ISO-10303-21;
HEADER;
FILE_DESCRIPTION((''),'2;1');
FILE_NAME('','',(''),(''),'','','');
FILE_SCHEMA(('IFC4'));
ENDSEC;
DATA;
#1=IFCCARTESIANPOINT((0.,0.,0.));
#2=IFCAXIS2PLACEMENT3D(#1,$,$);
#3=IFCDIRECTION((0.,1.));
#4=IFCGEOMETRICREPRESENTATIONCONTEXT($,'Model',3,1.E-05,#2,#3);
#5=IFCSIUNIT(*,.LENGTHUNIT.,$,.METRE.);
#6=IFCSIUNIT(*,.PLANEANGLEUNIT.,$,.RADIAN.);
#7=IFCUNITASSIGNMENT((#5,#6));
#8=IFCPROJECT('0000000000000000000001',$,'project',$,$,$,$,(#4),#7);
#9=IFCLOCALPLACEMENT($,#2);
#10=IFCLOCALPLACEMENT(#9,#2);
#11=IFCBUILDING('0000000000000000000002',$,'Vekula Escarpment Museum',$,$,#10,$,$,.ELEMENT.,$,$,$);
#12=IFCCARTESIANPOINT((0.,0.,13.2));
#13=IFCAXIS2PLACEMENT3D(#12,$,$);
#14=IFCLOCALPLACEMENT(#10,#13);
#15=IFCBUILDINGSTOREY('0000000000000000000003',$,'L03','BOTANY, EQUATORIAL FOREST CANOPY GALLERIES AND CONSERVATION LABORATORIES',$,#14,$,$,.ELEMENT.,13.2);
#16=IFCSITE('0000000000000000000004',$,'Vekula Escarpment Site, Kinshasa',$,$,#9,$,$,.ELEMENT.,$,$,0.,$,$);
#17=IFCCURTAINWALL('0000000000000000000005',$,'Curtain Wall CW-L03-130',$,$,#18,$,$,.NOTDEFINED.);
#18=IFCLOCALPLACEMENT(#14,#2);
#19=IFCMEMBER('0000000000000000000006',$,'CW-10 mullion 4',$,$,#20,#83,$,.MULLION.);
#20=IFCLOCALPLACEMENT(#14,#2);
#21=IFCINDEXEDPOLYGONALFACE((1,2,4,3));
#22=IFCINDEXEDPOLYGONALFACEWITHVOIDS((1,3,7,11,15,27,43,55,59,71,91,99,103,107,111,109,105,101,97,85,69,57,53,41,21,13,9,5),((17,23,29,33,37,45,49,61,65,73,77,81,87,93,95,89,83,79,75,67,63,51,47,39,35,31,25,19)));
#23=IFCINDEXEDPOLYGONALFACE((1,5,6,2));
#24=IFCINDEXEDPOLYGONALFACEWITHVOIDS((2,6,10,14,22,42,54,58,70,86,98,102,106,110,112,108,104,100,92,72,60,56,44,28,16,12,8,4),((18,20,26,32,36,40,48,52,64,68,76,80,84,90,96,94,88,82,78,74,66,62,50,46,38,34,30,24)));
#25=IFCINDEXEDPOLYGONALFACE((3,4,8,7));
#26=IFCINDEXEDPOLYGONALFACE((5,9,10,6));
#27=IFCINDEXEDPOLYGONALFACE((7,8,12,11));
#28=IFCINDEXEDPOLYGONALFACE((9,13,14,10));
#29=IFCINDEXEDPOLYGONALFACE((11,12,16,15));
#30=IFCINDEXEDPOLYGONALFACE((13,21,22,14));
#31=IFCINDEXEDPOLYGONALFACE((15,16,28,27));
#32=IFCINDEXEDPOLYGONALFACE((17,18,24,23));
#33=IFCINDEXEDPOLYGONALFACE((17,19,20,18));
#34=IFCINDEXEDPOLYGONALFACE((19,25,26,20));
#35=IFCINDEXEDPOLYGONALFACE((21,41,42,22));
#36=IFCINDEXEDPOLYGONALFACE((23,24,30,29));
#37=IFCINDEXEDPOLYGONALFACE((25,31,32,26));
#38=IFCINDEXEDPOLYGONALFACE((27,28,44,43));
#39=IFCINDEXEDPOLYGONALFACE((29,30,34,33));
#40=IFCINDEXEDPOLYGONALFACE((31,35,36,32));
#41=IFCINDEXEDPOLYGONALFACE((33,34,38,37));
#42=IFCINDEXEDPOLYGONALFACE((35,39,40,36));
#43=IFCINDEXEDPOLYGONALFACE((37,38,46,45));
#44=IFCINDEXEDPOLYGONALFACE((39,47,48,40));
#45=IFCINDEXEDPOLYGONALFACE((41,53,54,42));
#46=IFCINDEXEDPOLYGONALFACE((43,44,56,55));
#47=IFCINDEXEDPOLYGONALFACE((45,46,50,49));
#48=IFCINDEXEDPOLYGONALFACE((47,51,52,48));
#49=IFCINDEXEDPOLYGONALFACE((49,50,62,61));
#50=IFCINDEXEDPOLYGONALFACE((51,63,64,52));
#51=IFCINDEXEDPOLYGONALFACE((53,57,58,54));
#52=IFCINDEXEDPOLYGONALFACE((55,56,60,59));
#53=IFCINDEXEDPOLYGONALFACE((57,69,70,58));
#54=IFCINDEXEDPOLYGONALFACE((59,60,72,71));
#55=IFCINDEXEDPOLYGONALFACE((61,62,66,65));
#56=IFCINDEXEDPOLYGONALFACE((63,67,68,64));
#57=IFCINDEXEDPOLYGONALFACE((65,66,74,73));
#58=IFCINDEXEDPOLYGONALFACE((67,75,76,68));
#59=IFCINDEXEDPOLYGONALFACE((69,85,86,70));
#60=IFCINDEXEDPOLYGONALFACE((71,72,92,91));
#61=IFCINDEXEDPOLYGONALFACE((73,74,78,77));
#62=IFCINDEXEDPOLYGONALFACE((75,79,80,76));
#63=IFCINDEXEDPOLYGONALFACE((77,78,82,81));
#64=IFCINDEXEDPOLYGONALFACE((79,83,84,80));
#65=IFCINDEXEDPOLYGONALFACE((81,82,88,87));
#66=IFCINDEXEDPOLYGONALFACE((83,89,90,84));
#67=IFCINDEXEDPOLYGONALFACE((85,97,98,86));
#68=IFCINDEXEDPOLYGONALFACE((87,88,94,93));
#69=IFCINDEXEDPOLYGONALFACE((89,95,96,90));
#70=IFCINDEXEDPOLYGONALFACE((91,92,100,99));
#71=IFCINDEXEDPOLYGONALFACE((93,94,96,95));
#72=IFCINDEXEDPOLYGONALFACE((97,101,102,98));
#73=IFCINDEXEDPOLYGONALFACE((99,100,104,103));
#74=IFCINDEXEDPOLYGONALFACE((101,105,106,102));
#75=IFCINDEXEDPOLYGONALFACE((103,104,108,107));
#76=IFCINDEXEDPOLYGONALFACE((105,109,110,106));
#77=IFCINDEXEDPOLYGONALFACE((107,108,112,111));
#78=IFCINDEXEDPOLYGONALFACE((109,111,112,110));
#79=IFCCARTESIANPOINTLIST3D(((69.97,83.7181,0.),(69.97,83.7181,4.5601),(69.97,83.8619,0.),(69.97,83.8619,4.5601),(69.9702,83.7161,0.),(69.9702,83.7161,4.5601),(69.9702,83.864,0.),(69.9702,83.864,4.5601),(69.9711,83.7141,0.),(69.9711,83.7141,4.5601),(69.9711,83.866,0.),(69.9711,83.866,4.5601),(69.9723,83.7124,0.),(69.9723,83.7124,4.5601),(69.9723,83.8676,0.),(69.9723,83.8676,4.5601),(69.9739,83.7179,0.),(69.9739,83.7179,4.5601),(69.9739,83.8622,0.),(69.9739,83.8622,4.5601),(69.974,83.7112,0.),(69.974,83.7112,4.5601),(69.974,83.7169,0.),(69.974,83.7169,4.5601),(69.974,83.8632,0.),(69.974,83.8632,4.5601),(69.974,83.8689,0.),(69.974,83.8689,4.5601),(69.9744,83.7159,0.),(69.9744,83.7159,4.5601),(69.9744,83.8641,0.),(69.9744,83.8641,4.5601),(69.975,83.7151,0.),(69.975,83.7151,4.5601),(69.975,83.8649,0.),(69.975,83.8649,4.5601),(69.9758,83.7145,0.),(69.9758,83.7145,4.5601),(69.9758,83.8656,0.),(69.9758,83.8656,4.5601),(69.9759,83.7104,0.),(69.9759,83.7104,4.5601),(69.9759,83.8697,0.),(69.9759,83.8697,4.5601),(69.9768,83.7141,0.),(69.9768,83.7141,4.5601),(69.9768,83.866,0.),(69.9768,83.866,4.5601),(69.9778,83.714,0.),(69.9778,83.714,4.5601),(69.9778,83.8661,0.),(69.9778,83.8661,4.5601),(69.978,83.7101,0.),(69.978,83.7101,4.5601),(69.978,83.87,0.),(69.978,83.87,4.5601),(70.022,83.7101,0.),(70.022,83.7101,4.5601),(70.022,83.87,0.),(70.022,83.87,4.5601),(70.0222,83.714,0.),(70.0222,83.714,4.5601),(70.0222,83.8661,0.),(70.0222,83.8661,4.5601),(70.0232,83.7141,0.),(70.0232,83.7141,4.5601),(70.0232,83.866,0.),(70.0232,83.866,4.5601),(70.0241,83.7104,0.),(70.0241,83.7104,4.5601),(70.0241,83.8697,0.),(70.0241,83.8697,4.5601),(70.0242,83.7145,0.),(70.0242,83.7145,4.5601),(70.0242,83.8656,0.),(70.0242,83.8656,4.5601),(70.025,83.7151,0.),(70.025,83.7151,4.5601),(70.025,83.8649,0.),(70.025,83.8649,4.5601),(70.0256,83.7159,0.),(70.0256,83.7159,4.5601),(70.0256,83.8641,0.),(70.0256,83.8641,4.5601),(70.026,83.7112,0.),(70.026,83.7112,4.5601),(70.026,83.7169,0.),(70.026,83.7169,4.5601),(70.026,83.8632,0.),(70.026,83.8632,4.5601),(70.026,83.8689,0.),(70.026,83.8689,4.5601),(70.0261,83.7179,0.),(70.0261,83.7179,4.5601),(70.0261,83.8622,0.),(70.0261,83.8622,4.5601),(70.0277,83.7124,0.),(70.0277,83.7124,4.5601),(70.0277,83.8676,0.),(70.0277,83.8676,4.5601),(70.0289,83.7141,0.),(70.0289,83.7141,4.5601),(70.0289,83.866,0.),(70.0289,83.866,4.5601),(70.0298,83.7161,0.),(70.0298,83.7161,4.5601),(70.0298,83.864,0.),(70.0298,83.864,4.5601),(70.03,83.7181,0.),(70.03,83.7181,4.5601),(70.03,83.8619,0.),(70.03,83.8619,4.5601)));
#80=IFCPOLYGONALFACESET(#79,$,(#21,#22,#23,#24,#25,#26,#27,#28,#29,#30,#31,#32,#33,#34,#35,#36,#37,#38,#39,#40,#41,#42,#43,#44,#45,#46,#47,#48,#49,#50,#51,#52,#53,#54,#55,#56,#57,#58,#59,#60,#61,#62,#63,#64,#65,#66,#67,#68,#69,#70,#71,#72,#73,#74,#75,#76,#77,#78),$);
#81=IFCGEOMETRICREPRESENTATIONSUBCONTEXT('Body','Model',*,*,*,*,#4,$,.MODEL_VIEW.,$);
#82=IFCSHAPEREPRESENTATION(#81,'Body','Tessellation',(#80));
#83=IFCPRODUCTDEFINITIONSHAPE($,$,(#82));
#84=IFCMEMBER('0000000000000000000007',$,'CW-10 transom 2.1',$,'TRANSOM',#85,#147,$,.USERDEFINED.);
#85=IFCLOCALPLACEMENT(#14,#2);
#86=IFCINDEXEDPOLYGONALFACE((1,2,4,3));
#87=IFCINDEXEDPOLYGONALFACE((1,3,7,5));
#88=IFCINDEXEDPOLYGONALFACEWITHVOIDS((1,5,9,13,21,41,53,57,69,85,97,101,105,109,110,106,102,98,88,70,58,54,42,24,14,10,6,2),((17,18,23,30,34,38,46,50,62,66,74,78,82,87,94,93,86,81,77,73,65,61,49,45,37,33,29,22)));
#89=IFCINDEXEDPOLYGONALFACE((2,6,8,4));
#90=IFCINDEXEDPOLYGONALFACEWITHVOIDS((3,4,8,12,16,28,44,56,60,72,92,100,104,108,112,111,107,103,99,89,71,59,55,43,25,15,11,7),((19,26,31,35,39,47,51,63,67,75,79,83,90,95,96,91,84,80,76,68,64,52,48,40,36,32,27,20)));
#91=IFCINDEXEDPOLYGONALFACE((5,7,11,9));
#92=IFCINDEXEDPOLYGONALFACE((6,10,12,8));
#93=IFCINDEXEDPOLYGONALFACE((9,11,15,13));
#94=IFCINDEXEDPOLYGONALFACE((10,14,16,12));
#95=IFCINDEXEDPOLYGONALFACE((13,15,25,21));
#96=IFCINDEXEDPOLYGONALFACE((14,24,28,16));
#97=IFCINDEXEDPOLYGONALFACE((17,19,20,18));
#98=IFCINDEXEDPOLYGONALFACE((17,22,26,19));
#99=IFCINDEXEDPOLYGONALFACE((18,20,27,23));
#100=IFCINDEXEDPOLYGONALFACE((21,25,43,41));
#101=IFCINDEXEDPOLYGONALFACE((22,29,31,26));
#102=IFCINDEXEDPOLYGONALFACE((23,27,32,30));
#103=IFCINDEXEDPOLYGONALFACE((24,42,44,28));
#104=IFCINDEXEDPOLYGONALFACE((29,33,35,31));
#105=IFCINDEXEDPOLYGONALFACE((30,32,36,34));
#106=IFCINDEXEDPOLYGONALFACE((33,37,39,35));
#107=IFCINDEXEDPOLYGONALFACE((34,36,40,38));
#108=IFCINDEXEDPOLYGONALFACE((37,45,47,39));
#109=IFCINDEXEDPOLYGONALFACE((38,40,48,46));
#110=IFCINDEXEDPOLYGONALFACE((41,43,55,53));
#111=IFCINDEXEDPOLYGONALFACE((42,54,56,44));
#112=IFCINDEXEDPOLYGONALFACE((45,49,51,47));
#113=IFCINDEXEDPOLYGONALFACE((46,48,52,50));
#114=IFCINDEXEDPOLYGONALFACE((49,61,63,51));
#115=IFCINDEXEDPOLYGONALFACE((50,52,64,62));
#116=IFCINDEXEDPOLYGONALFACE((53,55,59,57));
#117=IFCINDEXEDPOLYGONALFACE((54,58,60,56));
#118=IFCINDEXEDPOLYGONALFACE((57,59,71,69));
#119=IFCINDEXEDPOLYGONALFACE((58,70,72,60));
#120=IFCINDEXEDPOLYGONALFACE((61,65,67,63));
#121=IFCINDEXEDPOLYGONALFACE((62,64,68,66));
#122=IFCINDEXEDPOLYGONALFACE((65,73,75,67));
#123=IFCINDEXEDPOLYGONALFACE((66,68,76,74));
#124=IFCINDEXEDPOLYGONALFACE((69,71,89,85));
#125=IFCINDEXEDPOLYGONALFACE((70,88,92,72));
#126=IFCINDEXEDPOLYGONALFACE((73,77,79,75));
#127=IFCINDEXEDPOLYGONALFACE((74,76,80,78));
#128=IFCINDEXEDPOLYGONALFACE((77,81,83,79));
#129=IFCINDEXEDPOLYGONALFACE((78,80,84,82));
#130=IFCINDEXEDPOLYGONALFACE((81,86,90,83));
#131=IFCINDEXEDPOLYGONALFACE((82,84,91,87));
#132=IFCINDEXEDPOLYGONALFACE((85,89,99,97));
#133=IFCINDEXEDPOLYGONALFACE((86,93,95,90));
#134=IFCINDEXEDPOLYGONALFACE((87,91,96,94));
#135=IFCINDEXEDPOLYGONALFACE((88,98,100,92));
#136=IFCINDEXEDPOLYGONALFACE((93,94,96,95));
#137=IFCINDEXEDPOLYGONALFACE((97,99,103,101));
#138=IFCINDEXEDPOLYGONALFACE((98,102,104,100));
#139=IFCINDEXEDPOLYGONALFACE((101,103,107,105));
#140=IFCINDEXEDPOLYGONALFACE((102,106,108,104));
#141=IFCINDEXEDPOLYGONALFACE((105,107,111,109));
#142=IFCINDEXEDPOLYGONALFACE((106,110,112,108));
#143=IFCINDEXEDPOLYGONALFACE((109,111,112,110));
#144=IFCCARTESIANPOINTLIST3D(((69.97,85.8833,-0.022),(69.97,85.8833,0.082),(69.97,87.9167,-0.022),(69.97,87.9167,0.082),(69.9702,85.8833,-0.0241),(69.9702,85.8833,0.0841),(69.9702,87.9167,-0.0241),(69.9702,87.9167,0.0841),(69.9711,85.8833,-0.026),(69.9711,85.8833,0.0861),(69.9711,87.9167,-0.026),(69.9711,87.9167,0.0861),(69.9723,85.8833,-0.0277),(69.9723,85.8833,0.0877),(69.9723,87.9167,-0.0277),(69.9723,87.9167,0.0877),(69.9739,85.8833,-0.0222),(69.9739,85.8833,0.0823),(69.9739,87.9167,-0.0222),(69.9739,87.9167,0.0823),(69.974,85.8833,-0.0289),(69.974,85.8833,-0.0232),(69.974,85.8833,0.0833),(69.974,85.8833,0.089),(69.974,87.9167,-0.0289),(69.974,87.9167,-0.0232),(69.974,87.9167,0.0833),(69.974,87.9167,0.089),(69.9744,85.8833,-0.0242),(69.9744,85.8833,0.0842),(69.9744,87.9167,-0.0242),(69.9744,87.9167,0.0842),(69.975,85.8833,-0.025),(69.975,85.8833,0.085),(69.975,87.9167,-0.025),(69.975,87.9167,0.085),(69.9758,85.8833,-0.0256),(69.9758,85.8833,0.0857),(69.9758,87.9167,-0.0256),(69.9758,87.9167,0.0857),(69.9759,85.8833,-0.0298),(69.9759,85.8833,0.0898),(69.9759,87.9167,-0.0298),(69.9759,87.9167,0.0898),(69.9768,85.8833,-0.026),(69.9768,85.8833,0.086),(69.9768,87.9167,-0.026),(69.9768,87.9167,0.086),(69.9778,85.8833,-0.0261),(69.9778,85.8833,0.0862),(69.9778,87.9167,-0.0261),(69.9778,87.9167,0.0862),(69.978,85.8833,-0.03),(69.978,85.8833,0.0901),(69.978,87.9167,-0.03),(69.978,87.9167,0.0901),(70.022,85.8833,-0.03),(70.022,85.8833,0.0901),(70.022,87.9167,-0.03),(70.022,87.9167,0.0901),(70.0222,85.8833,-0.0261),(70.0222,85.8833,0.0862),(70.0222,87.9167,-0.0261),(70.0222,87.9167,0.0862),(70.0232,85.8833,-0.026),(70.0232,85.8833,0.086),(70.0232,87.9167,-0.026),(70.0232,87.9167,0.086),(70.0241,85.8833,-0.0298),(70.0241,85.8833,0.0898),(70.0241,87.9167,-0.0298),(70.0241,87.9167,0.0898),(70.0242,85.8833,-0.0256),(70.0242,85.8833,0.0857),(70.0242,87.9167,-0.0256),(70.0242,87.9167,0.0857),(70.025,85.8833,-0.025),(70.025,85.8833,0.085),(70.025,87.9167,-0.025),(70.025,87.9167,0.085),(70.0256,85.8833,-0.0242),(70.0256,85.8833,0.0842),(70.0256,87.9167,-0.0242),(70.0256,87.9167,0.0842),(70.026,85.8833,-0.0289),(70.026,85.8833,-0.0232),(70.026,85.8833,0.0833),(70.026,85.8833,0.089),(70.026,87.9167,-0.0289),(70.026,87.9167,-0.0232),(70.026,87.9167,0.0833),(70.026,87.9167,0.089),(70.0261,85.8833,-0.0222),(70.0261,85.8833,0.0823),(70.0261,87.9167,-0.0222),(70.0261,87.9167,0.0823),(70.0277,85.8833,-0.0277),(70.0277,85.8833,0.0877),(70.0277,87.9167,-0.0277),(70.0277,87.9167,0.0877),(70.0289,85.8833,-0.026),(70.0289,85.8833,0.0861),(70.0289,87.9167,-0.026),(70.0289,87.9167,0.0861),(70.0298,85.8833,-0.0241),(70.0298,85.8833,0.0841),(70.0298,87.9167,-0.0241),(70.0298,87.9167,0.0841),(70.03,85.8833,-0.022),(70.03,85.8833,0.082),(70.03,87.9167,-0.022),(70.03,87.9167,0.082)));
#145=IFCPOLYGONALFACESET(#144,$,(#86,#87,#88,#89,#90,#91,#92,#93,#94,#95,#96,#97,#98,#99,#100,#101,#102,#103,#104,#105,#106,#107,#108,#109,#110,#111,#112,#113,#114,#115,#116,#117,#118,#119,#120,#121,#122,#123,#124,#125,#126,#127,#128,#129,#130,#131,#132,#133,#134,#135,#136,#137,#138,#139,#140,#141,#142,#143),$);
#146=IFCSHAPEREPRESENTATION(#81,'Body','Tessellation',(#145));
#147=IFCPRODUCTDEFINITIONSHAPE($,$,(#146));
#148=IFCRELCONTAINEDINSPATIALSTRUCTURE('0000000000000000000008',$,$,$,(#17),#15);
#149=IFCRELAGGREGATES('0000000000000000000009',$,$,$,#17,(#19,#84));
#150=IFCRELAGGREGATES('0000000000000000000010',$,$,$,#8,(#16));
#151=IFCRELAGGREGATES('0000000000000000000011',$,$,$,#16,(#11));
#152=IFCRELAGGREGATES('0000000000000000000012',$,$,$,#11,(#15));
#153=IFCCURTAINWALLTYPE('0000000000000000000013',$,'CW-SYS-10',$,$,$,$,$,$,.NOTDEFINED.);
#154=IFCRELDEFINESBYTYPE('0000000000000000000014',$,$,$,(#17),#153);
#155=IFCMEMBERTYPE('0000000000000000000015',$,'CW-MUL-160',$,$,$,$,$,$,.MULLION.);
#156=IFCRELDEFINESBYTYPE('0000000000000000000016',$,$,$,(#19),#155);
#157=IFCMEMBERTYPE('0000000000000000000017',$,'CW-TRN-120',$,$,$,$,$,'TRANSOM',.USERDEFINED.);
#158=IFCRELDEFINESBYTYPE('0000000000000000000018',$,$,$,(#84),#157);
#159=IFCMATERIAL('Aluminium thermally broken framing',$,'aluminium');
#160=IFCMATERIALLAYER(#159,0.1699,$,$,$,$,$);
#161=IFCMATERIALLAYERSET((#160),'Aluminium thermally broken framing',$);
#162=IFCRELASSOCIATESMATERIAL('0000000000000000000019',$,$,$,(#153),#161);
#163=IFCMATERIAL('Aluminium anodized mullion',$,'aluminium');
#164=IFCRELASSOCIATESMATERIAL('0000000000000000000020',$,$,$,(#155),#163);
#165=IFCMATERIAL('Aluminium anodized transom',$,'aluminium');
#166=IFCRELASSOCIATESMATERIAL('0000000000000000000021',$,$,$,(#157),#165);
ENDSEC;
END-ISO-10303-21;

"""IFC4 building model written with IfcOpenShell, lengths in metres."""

from ifc_helpers import new_model, si_unit, direction, frame, origin, origin_2d, place, context, subcontext, project, spatial, hollow_rectangle, extrude, material, layer, layer_set, material_profile, profile_set, type_object, element, aggregate, save


model = new_model("IFC4")

# Units and contexts
model_context = context("Model", 3, precision=1e-05, world=origin(), true_north=direction((0.0, 1.0)))
body_context = subcontext(model_context, "Body", "Model", "MODEL_VIEW")
ifc_project = project(units=[si_unit("LENGTHUNIT", "METRE"), si_unit("PLANEANGLEUNIT", "RADIAN")], contexts=[model_context])

# Site, building, storey
site_placement = place(None, origin())
site = spatial("IfcSite", under=ifc_project, at=site_placement, Name="Vekula Escarpment Site, Kinshasa", CompositionType="ELEMENT", RefElevation=0.0)
building_placement = place(site_placement, origin())
building = spatial("IfcBuilding", under=site, at=building_placement, Name="Vekula Escarpment Museum", CompositionType="ELEMENT")
storey_placement = place(building_placement, frame((0.0, 0.0, 13.2)))
storey = spatial("IfcBuildingStorey", under=building, at=storey_placement, Name="L03", Description="BOTANY, EQUATORIAL FOREST CANOPY GALLERIES AND CONSERVATION LABORATORIES", CompositionType="ELEMENT", Elevation=13.2)

# Curtain wall, members
ifc_material_1 = material(Name="Aluminium thermally broken framing", Category="aluminium")
ifc_layer_1 = layer(ifc_material_1, 0.1699)
ifc_layer_set_1 = layer_set([ifc_layer_1], Name="Aluminium thermally broken framing")
curtain_wall_type = type_object("IfcCurtainWallType", Name="CW-SYS-10", PredefinedType="NOTDEFINED", material=ifc_layer_set_1)
curtain_wall_placement = place(storey_placement, origin())
curtain_wall = element("IfcCurtainWall", 1, at=curtain_wall_placement, inside=storey, type_object=curtain_wall_type, Name="Curtain Wall CW-L03-130", PredefinedType="NOTDEFINED")
ifc_material_2 = material(Name="Aluminium anodized mullion", Category="aluminium")
ifc_material_profile_1 = material_profile(ifc_material_2, hollow_rectangle(XDim=0.0601, YDim=0.1599, WallThickness=0.0039, InnerFilletRadius=0.0039, OuterFilletRadius=0.0081, at=origin_2d()), Name="ALU 160x60x4")
ifc_profile_set_1 = profile_set([ifc_material_profile_1], Name="Aluminium anodized mullion")
member_type_1 = type_object("IfcMemberType", Name="CW-MUL-160", PredefinedType="MULLION", material=ifc_profile_set_1)
member_1_placement = place(storey_placement, frame((70.0, 83.79, 0.0), z_axis=(0.0, 0.0, 1.0), x_axis=(1.0, 0.0, 0.0)))
member_1 = element("IfcMember", 2, at=member_1_placement, type_object=member_type_1, Name="CW-10 mullion 4", PredefinedType="MULLION", context=body_context, shape_type="SweptSolid", body=[
    extrude(hollow_rectangle(XDim=0.0601, YDim=0.1599, WallThickness=0.0039, InnerFilletRadius=0.0039, OuterFilletRadius=0.0081, at=origin_2d()), origin(), (0.0, 0.0, 1.0), 4.5601),
])
ifc_material_3 = material(Name="Aluminium anodized transom", Category="aluminium")
ifc_material_profile_2 = material_profile(ifc_material_3, hollow_rectangle(XDim=0.0601, YDim=0.1201, WallThickness=0.0039, InnerFilletRadius=0.0039, OuterFilletRadius=0.0081, at=origin_2d()), Name="ALU 120x60x4")
ifc_profile_set_2 = profile_set([ifc_material_profile_2], Name="Aluminium anodized transom")
member_type_2 = type_object("IfcMemberType", Name="CW-TRN-120", ElementType="TRANSOM", PredefinedType="USERDEFINED", material=ifc_profile_set_2)
member_2_placement = place(storey_placement, frame((70.0, 87.9167, 0.03), z_axis=(0.0, -1.0, 0.0), x_axis=(1.0, 0.0, 0.0)))
member_2 = element("IfcMember", 3, at=member_2_placement, type_object=member_type_2, Name="CW-10 transom 2.1", ObjectType="TRANSOM", PredefinedType="USERDEFINED", context=body_context, shape_type="SweptSolid", body=[
    extrude(hollow_rectangle(XDim=0.0601, YDim=0.1201, WallThickness=0.0039, InnerFilletRadius=0.0039, OuterFilletRadius=0.0081, at=origin_2d()), origin(), (0.0, 0.0, 1.0), 2.0334),
])

aggregate(curtain_wall, [member_1, member_2])

save(model, "model.ifc")
